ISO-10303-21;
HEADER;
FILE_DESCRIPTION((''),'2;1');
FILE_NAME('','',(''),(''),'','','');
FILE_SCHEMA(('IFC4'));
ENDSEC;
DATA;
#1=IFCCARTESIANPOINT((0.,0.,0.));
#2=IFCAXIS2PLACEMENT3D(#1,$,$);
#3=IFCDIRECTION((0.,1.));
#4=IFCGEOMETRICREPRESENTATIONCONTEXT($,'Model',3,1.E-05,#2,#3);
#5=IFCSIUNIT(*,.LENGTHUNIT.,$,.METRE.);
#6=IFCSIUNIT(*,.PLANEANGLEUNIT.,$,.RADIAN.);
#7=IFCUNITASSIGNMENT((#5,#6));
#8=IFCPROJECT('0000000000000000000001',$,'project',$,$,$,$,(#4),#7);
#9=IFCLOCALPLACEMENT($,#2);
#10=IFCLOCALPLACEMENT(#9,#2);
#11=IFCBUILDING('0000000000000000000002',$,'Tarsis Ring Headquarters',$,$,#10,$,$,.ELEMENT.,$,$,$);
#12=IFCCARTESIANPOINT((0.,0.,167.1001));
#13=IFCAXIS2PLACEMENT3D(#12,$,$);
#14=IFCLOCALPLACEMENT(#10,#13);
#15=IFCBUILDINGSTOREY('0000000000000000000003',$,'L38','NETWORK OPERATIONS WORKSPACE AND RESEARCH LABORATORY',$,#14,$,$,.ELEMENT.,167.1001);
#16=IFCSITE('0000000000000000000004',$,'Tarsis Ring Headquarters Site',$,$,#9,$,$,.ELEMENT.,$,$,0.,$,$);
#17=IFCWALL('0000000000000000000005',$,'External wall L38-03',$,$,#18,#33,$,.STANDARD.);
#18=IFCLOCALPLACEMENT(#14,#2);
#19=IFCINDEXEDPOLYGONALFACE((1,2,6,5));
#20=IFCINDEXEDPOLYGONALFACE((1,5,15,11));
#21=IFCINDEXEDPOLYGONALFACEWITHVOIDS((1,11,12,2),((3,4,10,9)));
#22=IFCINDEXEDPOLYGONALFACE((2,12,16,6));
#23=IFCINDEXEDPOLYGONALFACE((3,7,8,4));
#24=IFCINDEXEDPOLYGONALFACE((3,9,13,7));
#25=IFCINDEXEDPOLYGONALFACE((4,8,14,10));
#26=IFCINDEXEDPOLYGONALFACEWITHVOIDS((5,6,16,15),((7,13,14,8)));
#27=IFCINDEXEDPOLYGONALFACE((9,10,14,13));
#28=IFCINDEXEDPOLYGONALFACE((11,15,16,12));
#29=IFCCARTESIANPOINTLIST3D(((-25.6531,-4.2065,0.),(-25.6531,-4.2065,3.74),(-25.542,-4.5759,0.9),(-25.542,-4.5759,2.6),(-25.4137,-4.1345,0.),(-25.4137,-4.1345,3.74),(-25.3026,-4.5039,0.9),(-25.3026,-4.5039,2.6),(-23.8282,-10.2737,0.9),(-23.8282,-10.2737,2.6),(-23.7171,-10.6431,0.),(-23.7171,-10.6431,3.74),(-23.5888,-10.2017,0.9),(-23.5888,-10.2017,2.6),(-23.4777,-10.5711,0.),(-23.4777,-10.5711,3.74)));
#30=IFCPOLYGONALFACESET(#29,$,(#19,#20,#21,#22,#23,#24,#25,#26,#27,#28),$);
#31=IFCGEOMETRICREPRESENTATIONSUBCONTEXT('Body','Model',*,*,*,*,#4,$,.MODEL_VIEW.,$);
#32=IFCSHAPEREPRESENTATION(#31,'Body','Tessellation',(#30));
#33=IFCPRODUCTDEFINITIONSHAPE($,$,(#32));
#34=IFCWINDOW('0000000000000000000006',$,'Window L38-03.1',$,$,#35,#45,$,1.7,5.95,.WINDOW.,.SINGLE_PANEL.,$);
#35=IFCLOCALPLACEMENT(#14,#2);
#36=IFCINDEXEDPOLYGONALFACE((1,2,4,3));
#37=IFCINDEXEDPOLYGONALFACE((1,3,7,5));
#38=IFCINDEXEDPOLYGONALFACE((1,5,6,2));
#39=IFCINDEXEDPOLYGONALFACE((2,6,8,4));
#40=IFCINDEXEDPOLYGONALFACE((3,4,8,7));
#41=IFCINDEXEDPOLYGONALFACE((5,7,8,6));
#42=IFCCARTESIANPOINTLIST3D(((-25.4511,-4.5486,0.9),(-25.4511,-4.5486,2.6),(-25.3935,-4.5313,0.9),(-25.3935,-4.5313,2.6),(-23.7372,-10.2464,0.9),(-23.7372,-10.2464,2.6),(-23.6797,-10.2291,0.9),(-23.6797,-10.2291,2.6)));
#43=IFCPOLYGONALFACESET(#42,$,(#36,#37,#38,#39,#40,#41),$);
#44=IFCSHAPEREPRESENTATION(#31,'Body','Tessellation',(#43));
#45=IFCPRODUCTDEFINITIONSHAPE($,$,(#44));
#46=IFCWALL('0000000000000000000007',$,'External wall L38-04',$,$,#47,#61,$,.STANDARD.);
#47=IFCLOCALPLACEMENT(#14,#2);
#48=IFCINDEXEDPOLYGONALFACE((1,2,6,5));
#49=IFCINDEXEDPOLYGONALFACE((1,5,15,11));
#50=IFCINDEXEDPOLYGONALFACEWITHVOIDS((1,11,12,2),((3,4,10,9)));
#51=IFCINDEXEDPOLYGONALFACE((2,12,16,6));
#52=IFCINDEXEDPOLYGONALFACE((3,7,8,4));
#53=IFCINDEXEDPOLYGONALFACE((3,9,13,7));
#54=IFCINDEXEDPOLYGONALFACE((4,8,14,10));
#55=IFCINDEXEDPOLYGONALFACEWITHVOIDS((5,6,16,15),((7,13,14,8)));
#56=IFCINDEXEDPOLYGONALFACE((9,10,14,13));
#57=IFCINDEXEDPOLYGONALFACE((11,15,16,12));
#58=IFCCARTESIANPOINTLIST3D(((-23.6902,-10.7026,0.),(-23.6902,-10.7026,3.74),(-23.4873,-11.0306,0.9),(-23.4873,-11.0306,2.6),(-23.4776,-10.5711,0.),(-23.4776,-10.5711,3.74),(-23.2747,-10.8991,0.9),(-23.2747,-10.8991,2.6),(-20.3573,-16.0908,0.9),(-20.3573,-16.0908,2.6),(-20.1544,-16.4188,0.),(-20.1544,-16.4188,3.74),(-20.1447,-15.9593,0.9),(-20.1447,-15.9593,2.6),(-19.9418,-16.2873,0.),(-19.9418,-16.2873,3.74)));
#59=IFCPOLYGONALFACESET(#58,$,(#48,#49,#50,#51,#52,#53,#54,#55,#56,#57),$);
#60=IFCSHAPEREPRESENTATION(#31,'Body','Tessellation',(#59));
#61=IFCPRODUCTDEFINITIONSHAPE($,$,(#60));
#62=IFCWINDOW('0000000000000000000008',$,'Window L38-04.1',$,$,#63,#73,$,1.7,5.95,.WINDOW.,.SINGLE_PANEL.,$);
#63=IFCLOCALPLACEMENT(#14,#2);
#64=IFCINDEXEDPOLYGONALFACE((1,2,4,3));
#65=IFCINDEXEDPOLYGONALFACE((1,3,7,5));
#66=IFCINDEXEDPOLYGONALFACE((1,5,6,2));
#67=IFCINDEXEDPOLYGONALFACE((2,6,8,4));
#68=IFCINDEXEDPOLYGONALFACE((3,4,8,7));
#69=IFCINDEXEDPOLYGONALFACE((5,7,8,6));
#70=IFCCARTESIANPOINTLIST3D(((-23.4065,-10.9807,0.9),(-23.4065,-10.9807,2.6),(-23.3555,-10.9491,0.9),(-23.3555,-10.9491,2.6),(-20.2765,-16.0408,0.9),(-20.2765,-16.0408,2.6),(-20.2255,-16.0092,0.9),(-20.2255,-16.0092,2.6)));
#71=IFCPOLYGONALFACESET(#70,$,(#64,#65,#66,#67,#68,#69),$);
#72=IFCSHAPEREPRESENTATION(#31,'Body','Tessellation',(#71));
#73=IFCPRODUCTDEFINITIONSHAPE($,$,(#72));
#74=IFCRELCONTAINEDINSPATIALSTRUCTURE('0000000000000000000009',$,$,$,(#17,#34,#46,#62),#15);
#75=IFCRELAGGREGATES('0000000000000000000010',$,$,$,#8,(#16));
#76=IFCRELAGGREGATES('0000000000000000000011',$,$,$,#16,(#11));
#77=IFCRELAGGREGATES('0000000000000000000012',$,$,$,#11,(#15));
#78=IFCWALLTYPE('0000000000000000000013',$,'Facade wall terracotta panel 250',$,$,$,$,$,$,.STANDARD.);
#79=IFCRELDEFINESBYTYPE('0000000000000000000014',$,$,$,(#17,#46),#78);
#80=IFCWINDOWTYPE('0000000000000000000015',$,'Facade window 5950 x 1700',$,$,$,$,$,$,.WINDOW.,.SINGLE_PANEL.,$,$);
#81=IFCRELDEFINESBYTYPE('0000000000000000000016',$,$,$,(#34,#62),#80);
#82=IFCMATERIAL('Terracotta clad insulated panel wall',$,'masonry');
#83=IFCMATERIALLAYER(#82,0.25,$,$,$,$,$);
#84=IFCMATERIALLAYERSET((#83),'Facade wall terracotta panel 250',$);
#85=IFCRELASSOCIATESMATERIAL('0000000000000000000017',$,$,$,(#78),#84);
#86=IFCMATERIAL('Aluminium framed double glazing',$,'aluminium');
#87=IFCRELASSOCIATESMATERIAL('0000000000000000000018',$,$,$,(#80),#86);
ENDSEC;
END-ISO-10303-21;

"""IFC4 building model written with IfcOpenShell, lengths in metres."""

from ifc_helpers import new_model, si_unit, direction, frame, frame_2d, origin, place, context, subcontext, project, spatial, rectangle, extrude, material, layer, layer_set, type_object, element, fill, save


model = new_model("IFC4")

# Units and contexts
model_context = context("Model", 3, precision=1e-05, world=origin(), true_north=direction((0.0, 1.0)))
body_context = subcontext(model_context, "Body", "Model", "MODEL_VIEW")
ifc_project = project(units=[si_unit("LENGTHUNIT", "METRE"), si_unit("PLANEANGLEUNIT", "RADIAN")], contexts=[model_context])

# Site, building, storey
site_placement = place(None, origin())
site = spatial("IfcSite", under=ifc_project, at=site_placement, Name="Tarsis Ring Headquarters Site", CompositionType="ELEMENT", RefElevation=0.0)
building_placement = place(site_placement, origin())
building = spatial("IfcBuilding", under=site, at=building_placement, Name="Tarsis Ring Headquarters", CompositionType="ELEMENT")
storey_placement = place(building_placement, frame((0.0, 0.0, 167.1001)))
storey = spatial("IfcBuildingStorey", under=building, at=storey_placement, Name="L38", Description="NETWORK OPERATIONS WORKSPACE AND RESEARCH LABORATORY", CompositionType="ELEMENT", Elevation=167.1001)

# Walls, openings, windows
ifc_material_1 = material(Name="Terracotta clad insulated panel wall", Category="masonry")
ifc_layer_1 = layer(ifc_material_1, 0.25)
ifc_layer_set_1 = layer_set([ifc_layer_1], Name="Facade wall terracotta panel 250")
wall_type_1 = type_object("IfcWallType", Name="Facade wall terracotta panel 250", PredefinedType="STANDARD", material=ifc_layer_set_1)
wall_1_placement = place(storey_placement, frame((-25.5334, -4.1704, 0.0), z_axis=(0.0, 0.0, 1.0), x_axis=(0.288041, -0.957618, 0.0)))
wall_1 = element("IfcWall", 1, at=wall_1_placement, inside=storey, type_object=wall_type_1, Name="External wall L38-03", PredefinedType="STANDARD", context=body_context, shape_type="SweptSolid", body=[
    extrude(rectangle(XDim=6.7214, YDim=0.25, at=frame_2d((3.3608, 0.0))), origin(), (0.0, 0.0, 1.0), 3.74),
])
opening_1_placement = place(wall_1_placement, frame((0.3857, 0.0, 0.8999)))
opening_1 = element("IfcOpeningElement", 2, at=opening_1_placement, cuts=wall_1, PredefinedType="OPENING", context=body_context, shape_type="SweptSolid", body=[
    extrude(rectangle(XDim=5.95, YDim=1.7, at=frame_2d((2.9751, 0.8501))), frame((0.0, 0.135, 0.0), z_axis=(0.0, -1.0, 0.0), x_axis=(1.0, 0.0, 0.0)), (0.0, 0.0, 1.0), 0.27),
])
ifc_material_2 = material(Name="Aluminium framed double glazing", Category="aluminium")
window_type = type_object("IfcWindowType", Name="Facade window 5950 x 1700", PartitioningType="SINGLE_PANEL", PredefinedType="WINDOW", material=ifc_material_2)
window_1_placement = place(opening_1_placement, origin())
window_1 = element("IfcWindow", 3, at=window_1_placement, inside=storey, type_object=window_type, Name="Window L38-03.1", OverallHeight=1.7, OverallWidth=5.95, PartitioningType="SINGLE_PANEL", PredefinedType="WINDOW", context=body_context, shape_type="SweptSolid", body=[
    extrude(rectangle(XDim=5.95, YDim=1.7, at=frame_2d((2.9751, 0.8501))), frame((0.0, 0.03, 0.0), z_axis=(0.0, -1.0, 0.0), x_axis=(1.0, 0.0, 0.0)), (0.0, 0.0, 1.0), 0.0601),
])
fill(opening_1, window_1)
wall_2_placement = place(storey_placement, frame((-23.584, -10.6367, 0.0), z_axis=(0.0, 0.0, 1.0), x_axis=(0.526056, -0.85045, 0.0)))
wall_2 = element("IfcWall", 4, at=wall_2_placement, inside=storey, type_object=wall_type_1, Name="External wall L38-04", PredefinedType="STANDARD", context=body_context, shape_type="SweptSolid", body=[
    extrude(rectangle(XDim=6.7214, YDim=0.25, at=frame_2d((3.3608, 0.0))), origin(), (0.0, 0.0, 1.0), 3.74),
])
opening_2_placement = place(wall_2_placement, frame((0.3857, 0.0, 0.8999)))
opening_2 = element("IfcOpeningElement", 5, at=opening_2_placement, cuts=wall_2, PredefinedType="OPENING", context=body_context, shape_type="SweptSolid", body=[
    extrude(rectangle(XDim=5.95, YDim=1.7, at=frame_2d((2.9751, 0.8501))), frame((0.0, 0.135, 0.0), z_axis=(0.0, -1.0, 0.0), x_axis=(1.0, 0.0, 0.0)), (0.0, 0.0, 1.0), 0.27),
])
window_2_placement = place(opening_2_placement, origin())
window_2 = element("IfcWindow", 6, at=window_2_placement, inside=storey, type_object=window_type, Name="Window L38-04.1", OverallHeight=1.7, OverallWidth=5.95, PartitioningType="SINGLE_PANEL", PredefinedType="WINDOW", context=body_context, shape_type="SweptSolid", body=[
    extrude(rectangle(XDim=5.95, YDim=1.7, at=frame_2d((2.9751, 0.8501))), frame((0.0, 0.03, 0.0), z_axis=(0.0, -1.0, 0.0), x_axis=(1.0, 0.0, 0.0)), (0.0, 0.0, 1.0), 0.0601),
])
fill(opening_2, window_2)

save(model, "model.ifc")
